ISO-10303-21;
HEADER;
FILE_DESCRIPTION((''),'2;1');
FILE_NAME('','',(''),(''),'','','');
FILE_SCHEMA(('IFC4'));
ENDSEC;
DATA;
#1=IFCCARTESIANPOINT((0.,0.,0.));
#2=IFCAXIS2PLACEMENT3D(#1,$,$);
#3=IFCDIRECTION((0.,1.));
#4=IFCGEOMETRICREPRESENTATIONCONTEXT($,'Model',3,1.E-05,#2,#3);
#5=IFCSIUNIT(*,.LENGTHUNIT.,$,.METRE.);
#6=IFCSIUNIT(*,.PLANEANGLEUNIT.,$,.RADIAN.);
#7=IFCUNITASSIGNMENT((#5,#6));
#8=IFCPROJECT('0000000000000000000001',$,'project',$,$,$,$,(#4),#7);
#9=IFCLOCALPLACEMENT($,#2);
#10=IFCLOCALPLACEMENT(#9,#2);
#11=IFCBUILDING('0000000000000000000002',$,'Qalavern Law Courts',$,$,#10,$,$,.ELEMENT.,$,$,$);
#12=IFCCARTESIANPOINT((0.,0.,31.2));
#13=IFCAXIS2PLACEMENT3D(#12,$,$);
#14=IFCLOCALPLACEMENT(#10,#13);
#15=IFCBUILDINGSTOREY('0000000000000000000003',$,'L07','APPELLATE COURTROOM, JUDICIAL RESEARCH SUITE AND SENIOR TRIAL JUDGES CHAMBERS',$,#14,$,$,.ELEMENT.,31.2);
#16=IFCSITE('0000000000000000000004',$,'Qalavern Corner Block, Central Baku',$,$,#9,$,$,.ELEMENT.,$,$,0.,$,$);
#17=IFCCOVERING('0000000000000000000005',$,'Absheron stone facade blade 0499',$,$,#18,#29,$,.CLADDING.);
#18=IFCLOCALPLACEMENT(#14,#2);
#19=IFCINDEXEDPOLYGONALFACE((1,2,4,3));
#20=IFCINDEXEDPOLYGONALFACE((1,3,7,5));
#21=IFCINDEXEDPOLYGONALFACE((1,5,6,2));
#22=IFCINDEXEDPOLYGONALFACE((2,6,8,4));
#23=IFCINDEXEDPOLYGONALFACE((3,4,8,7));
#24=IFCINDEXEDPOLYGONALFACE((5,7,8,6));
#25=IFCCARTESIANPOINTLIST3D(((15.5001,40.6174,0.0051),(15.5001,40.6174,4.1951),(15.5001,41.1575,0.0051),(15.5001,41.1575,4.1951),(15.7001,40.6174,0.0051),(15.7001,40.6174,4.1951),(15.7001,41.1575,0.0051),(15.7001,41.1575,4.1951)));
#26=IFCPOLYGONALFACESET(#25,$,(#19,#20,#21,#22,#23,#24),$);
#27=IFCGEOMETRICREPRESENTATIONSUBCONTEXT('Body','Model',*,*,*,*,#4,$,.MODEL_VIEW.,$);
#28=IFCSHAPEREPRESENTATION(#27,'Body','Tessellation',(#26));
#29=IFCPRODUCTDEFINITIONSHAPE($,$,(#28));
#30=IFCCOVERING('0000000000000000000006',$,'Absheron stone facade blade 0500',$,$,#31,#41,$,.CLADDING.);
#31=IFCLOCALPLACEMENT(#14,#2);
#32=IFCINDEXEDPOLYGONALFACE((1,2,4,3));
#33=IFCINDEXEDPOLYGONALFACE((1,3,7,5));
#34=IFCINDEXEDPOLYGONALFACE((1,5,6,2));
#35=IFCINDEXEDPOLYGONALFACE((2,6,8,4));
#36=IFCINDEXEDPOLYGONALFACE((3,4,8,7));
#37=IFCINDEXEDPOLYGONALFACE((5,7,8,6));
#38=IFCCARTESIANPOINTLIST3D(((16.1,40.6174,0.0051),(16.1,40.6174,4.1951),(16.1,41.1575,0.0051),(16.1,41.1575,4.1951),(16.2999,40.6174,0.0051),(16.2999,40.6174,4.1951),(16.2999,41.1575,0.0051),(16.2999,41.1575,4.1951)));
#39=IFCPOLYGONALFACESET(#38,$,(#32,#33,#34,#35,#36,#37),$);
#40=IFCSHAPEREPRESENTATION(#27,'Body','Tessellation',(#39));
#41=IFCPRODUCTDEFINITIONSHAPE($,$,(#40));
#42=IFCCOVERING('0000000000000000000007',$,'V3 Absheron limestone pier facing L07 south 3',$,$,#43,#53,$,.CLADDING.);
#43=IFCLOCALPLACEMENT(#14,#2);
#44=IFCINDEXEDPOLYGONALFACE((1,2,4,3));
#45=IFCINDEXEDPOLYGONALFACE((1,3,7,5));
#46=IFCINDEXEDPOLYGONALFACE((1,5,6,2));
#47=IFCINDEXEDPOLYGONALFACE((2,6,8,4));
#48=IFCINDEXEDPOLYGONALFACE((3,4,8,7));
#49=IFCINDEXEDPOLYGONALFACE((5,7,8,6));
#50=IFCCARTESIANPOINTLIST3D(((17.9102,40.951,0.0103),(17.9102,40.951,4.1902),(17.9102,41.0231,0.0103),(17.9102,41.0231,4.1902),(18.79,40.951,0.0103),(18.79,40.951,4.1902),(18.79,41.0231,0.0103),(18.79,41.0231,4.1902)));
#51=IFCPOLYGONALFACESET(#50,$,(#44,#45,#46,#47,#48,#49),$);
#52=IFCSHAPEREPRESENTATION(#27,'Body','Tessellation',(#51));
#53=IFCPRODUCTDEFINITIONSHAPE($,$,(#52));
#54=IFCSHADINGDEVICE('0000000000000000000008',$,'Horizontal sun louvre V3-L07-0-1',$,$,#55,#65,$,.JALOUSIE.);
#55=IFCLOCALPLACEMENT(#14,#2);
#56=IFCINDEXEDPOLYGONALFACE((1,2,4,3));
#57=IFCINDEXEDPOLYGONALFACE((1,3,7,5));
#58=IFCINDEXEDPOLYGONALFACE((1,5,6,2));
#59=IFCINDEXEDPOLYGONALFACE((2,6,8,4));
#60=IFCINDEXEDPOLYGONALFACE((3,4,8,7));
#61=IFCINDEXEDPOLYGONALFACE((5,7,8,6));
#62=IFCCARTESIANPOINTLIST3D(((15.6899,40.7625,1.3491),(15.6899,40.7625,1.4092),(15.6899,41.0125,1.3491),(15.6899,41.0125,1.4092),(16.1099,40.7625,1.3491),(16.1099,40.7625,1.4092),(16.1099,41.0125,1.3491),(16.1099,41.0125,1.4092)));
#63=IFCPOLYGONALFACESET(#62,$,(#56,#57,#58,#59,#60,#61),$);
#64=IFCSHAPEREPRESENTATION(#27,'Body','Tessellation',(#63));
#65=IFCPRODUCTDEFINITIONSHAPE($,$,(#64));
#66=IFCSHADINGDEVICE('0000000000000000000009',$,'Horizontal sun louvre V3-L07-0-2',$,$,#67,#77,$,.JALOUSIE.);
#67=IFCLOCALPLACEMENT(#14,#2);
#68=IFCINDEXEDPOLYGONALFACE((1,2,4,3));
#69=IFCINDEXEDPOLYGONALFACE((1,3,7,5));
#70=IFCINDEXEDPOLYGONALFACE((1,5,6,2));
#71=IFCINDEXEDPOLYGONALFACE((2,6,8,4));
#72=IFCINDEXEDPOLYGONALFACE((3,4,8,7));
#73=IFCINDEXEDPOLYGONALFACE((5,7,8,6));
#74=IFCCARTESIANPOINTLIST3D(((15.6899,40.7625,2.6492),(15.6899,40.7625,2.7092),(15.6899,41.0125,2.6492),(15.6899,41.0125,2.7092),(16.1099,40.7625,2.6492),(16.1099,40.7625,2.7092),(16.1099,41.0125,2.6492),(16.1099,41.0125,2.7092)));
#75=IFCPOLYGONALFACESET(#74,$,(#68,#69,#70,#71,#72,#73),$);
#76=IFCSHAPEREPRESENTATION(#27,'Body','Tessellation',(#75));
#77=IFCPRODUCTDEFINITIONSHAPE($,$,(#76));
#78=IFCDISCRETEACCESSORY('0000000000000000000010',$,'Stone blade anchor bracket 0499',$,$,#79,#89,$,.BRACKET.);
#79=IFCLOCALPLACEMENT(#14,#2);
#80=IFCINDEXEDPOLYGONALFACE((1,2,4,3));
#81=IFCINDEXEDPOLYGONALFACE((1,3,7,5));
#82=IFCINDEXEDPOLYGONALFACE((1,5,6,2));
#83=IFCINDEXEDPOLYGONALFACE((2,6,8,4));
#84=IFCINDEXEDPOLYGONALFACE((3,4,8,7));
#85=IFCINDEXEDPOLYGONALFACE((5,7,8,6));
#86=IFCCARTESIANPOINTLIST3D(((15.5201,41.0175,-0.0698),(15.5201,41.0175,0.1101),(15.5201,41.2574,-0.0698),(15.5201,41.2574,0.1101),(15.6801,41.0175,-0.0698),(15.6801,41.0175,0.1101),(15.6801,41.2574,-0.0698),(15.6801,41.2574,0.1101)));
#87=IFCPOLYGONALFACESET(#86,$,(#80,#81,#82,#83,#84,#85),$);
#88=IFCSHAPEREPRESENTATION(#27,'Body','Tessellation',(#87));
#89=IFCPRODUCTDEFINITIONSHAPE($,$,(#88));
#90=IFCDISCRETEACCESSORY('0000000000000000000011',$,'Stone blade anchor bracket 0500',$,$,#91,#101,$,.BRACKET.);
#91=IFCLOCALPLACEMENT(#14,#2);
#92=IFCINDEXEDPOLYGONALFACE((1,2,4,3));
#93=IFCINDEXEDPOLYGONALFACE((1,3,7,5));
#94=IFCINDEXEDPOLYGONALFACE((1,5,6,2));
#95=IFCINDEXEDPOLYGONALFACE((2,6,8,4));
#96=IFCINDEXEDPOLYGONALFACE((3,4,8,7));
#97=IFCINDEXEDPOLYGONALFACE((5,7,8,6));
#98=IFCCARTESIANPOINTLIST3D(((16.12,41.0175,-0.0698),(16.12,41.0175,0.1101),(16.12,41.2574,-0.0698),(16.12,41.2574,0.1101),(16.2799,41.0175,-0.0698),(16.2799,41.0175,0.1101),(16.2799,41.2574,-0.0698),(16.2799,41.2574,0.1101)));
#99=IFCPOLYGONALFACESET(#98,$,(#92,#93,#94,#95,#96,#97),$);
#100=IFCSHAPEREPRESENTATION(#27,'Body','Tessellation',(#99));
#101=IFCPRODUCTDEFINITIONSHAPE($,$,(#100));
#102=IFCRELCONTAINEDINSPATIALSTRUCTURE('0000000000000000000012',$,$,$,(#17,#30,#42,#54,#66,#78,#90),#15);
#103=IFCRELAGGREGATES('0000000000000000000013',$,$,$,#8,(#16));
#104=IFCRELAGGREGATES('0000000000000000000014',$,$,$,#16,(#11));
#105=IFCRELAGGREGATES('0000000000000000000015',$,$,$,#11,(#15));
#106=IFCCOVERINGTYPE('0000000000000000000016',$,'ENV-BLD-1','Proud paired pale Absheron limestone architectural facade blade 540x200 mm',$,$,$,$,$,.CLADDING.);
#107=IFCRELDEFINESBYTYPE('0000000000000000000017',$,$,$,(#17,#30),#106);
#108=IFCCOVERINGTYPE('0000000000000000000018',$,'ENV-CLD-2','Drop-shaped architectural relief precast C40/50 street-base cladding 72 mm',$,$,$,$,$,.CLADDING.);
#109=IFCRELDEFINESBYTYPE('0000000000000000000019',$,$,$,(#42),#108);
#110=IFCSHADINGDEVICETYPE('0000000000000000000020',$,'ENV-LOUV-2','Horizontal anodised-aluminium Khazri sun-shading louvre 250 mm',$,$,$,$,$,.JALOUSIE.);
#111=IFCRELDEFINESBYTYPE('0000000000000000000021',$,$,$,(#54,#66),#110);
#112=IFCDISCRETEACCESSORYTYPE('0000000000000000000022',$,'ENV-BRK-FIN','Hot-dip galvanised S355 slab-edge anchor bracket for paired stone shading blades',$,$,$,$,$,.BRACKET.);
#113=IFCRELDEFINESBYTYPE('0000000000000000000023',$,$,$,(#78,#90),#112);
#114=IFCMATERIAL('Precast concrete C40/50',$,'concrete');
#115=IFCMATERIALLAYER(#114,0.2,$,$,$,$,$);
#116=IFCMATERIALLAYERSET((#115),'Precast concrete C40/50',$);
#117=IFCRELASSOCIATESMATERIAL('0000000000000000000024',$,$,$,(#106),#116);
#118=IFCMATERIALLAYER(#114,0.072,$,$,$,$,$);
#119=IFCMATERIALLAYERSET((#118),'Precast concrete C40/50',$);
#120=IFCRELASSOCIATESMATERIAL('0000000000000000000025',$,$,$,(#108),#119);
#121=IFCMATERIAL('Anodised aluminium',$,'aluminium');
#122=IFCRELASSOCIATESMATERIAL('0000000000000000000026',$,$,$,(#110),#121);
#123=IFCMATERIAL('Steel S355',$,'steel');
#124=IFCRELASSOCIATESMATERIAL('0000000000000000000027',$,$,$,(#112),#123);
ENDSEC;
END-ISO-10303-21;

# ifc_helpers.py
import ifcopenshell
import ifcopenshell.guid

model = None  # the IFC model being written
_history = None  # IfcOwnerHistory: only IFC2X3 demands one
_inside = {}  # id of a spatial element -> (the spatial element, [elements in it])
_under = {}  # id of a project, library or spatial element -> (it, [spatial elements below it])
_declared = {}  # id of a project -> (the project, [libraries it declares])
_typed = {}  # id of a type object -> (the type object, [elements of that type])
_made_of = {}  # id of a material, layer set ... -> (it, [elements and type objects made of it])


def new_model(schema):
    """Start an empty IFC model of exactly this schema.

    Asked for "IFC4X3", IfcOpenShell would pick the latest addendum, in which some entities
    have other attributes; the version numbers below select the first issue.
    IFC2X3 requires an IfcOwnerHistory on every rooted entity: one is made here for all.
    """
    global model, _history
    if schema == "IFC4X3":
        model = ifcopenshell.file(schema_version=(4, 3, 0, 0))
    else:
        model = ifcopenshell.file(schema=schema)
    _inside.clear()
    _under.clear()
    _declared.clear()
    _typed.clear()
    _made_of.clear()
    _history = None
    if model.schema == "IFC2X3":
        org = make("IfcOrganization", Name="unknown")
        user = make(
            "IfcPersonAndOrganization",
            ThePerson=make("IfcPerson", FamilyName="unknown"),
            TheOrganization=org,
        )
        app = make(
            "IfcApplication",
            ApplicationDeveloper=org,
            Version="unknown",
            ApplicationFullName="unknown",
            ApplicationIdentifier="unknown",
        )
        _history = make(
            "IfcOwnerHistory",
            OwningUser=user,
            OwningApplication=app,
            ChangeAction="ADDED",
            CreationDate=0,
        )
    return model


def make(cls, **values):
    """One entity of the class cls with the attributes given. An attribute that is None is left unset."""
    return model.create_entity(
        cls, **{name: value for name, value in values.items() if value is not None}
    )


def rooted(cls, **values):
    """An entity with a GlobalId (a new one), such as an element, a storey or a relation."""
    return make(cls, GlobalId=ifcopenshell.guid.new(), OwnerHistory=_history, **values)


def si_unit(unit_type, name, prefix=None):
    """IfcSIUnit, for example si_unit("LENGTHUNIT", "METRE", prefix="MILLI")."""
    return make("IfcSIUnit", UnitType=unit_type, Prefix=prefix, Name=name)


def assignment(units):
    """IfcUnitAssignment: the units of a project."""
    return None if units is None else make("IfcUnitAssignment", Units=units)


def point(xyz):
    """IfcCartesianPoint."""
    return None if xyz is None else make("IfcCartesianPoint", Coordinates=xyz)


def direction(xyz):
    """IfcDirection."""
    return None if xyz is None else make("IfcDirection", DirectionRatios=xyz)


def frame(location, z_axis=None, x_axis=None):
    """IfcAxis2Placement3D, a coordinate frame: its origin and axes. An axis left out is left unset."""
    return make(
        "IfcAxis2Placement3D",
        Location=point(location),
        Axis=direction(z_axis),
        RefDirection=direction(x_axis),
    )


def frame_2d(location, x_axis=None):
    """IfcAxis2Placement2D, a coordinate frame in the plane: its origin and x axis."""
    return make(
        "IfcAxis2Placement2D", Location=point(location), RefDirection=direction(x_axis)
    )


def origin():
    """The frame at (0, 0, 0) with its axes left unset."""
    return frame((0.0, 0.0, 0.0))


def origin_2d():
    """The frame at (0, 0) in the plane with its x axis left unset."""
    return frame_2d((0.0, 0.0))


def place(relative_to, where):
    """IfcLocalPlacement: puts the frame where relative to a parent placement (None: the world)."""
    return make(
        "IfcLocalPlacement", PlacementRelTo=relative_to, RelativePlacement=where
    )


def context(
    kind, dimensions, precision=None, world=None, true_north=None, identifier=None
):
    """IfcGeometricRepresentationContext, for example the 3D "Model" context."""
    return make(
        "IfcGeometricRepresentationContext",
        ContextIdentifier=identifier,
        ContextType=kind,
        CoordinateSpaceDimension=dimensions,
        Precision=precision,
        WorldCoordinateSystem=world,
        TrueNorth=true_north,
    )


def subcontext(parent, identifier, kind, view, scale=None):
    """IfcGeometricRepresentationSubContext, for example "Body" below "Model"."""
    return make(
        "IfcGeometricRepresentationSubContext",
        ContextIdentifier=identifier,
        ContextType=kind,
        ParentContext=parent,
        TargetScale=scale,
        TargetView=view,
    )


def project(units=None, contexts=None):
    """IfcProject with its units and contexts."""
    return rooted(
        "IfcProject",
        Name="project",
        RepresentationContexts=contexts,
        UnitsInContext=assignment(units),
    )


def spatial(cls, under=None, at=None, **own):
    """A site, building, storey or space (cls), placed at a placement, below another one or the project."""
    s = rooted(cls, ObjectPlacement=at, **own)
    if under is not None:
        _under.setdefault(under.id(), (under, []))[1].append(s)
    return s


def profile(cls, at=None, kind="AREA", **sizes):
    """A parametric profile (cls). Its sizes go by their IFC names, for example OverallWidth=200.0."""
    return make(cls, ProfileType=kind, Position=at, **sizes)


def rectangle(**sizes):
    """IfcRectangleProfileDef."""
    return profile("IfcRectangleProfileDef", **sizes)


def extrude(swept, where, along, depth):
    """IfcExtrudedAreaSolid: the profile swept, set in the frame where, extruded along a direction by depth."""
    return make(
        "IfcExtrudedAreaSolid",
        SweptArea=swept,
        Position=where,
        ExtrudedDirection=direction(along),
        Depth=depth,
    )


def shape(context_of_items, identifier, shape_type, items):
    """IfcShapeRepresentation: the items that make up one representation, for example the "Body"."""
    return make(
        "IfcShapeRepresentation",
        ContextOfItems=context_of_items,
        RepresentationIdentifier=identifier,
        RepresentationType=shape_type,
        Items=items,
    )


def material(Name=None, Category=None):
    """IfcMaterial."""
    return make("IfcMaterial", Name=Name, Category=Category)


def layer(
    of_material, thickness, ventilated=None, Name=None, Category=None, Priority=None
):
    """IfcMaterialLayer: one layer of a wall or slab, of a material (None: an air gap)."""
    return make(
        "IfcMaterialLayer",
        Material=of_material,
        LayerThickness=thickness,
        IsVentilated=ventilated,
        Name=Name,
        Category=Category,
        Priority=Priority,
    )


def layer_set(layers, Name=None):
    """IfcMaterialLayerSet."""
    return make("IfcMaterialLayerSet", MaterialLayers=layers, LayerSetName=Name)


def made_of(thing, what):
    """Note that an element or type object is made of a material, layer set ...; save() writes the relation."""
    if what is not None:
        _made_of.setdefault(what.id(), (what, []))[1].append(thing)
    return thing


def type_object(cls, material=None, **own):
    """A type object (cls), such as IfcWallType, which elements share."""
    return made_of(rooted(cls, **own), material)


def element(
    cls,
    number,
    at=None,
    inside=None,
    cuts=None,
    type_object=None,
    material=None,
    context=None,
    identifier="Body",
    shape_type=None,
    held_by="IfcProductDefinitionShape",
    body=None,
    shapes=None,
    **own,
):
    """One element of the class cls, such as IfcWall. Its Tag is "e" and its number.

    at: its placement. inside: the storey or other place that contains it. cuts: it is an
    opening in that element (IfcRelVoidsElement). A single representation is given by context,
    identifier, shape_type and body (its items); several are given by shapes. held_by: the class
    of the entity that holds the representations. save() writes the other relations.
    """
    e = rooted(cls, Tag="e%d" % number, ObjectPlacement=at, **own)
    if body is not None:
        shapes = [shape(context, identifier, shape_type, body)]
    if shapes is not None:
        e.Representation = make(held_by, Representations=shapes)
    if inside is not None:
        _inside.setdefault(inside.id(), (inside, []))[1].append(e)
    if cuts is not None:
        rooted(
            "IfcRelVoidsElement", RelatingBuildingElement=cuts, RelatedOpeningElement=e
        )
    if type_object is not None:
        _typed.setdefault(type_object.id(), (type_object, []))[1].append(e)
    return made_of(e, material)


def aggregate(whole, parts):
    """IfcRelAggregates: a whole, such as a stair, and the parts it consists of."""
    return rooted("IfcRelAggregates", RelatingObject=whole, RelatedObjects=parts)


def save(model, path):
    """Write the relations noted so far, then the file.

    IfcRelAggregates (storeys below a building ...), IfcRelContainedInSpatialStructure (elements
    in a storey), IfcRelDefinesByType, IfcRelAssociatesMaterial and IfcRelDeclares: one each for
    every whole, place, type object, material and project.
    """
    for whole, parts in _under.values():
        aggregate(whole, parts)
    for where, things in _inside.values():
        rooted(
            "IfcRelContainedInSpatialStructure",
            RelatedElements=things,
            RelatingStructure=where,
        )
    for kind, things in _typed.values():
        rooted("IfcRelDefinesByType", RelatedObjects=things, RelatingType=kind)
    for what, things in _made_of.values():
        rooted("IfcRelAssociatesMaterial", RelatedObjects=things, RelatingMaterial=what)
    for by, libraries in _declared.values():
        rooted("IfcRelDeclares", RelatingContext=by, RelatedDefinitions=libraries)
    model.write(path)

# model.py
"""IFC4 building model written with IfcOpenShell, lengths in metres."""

from ifc_helpers import new_model, si_unit, direction, frame, origin, origin_2d, place, context, subcontext, project, spatial, rectangle, extrude, material, layer, layer_set, type_object, element, save


model = new_model("IFC4")

# Units and contexts
model_context = context("Model", 3, precision=1e-05, world=origin(), true_north=direction((0.0, 1.0)))
body_context = subcontext(model_context, "Body", "Model", "MODEL_VIEW")
ifc_project = project(units=[si_unit("LENGTHUNIT", "METRE"), si_unit("PLANEANGLEUNIT", "RADIAN")], contexts=[model_context])

# Site, building, storey
site_placement = place(None, origin())
site = spatial("IfcSite", under=ifc_project, at=site_placement, Name="Qalavern Corner Block, Central Baku", CompositionType="ELEMENT", RefElevation=0.0)
building_placement = place(site_placement, origin())
building = spatial("IfcBuilding", under=site, at=building_placement, Name="Qalavern Law Courts", CompositionType="ELEMENT")
storey_placement = place(building_placement, frame((0.0, 0.0, 31.2)))
storey = spatial("IfcBuildingStorey", under=building, at=storey_placement, Name="L07", Description="APPELLATE COURTROOM, JUDICIAL RESEARCH SUITE AND SENIOR TRIAL JUDGES CHAMBERS", CompositionType="ELEMENT", Elevation=31.2)

# Shared definitions
ifc_material_1 = material(Name="Anodised aluminium", Category="aluminium")

# Shared definitions
ifc_material_2 = material(Name="Steel S355", Category="steel")

# Coverings
ifc_material_3 = material(Name="Precast concrete C40/50", Category="concrete")
ifc_layer_1 = layer(ifc_material_3, 0.2)
ifc_layer_set_1 = layer_set([ifc_layer_1], Name="Precast concrete C40/50")
covering_type_1 = type_object("IfcCoveringType", Name="ENV-BLD-1", Description="Proud paired pale Absheron limestone architectural facade blade 540x200 mm", PredefinedType="CLADDING", material=ifc_layer_set_1)
for number, where, z_axis, x_axis, name in (
    (1, (15.6001, 40.8875, 0.0051), (0.0, 0.0, 1.0), (0.0, -1.0, 0.0), "Absheron stone facade blade 0499"),
    (2, (16.2, 40.8875, 0.0051), (0.0, 0.0, 1.0), (0.0, -1.0, 0.0), "Absheron stone facade blade 0500"),
):
    element("IfcCovering", number, at=place(storey_placement, frame(where, z_axis=z_axis, x_axis=x_axis)), inside=storey, type_object=covering_type_1, Name=name, PredefinedType="CLADDING", context=body_context, shape_type="SweptSolid", body=[
        extrude(rectangle(XDim=0.54, YDim=0.2, at=origin_2d()), origin(), (0.0, 0.0, 1.0), 4.1899),
    ])
ifc_layer_2 = layer(ifc_material_3, 0.072)
ifc_layer_set_2 = layer_set([ifc_layer_2], Name="Precast concrete C40/50")
covering_type_2 = type_object("IfcCoveringType", Name="ENV-CLD-2", Description="Drop-shaped architectural relief precast C40/50 street-base cladding 72 mm", PredefinedType="CLADDING", material=ifc_layer_set_2)
covering_placement = place(storey_placement, frame((18.3501, 40.9871, 0.0103), z_axis=(0.0, 0.0, 1.0), x_axis=(1.0, 0.0, 0.0)))
element("IfcCovering", 3, at=covering_placement, inside=storey, type_object=covering_type_2, Name="V3 Absheron limestone pier facing L07 south 3", PredefinedType="CLADDING", context=body_context, shape_type="SweptSolid", body=[
    extrude(rectangle(XDim=0.8799, YDim=0.072, at=origin_2d()), origin(), (0.0, 0.0, 1.0), 4.1799),
])

# Shading devices
shading_device_type = type_object("IfcShadingDeviceType", Name="ENV-LOUV-2", Description="Horizontal anodised-aluminium Khazri sun-shading louvre 250 mm", PredefinedType="JALOUSIE", material=ifc_material_1)
for number, where, z_axis, x_axis, name in (
    (4, (15.8999, 40.8875, 1.3491), (0.0, 0.0, 1.0), (1.0, 0.0, 0.0), "Horizontal sun louvre V3-L07-0-1"),
    (5, (15.8999, 40.8875, 2.6492), (0.0, 0.0, 1.0), (1.0, 0.0, 0.0), "Horizontal sun louvre V3-L07-0-2"),
):
    element("IfcShadingDevice", number, at=place(storey_placement, frame(where, z_axis=z_axis, x_axis=x_axis)), inside=storey, type_object=shading_device_type, Name=name, PredefinedType="JALOUSIE", context=body_context, shape_type="SweptSolid", body=[
        extrude(rectangle(XDim=0.4199, YDim=0.25, at=origin_2d()), origin(), (0.0, 0.0, 1.0), 0.0601),
    ])

# Discrete accessories
discrete_accessory_type = type_object("IfcDiscreteAccessoryType", Name="ENV-BRK-FIN", Description="Hot-dip galvanised S355 slab-edge anchor bracket for paired stone shading blades", PredefinedType="BRACKET", material=ifc_material_2)
for number, where, z_axis, x_axis, name in (
    (6, (15.6001, 41.1375, -0.0698), (0.0, 0.0, 1.0), (0.0, -1.0, 0.0), "Stone blade anchor bracket 0499"),
    (7, (16.2, 41.1375, -0.0698), (0.0, 0.0, 1.0), (0.0, -1.0, 0.0), "Stone blade anchor bracket 0500"),
):
    element("IfcDiscreteAccessory", number, at=place(storey_placement, frame(where, z_axis=z_axis, x_axis=x_axis)), inside=storey, type_object=discrete_accessory_type, Name=name, PredefinedType="BRACKET", context=body_context, shape_type="SweptSolid", body=[
        extrude(rectangle(XDim=0.24, YDim=0.1599, at=origin_2d()), origin(), (0.0, 0.0, 1.0), 0.1799),
    ])

save(model, "model.ifc")
